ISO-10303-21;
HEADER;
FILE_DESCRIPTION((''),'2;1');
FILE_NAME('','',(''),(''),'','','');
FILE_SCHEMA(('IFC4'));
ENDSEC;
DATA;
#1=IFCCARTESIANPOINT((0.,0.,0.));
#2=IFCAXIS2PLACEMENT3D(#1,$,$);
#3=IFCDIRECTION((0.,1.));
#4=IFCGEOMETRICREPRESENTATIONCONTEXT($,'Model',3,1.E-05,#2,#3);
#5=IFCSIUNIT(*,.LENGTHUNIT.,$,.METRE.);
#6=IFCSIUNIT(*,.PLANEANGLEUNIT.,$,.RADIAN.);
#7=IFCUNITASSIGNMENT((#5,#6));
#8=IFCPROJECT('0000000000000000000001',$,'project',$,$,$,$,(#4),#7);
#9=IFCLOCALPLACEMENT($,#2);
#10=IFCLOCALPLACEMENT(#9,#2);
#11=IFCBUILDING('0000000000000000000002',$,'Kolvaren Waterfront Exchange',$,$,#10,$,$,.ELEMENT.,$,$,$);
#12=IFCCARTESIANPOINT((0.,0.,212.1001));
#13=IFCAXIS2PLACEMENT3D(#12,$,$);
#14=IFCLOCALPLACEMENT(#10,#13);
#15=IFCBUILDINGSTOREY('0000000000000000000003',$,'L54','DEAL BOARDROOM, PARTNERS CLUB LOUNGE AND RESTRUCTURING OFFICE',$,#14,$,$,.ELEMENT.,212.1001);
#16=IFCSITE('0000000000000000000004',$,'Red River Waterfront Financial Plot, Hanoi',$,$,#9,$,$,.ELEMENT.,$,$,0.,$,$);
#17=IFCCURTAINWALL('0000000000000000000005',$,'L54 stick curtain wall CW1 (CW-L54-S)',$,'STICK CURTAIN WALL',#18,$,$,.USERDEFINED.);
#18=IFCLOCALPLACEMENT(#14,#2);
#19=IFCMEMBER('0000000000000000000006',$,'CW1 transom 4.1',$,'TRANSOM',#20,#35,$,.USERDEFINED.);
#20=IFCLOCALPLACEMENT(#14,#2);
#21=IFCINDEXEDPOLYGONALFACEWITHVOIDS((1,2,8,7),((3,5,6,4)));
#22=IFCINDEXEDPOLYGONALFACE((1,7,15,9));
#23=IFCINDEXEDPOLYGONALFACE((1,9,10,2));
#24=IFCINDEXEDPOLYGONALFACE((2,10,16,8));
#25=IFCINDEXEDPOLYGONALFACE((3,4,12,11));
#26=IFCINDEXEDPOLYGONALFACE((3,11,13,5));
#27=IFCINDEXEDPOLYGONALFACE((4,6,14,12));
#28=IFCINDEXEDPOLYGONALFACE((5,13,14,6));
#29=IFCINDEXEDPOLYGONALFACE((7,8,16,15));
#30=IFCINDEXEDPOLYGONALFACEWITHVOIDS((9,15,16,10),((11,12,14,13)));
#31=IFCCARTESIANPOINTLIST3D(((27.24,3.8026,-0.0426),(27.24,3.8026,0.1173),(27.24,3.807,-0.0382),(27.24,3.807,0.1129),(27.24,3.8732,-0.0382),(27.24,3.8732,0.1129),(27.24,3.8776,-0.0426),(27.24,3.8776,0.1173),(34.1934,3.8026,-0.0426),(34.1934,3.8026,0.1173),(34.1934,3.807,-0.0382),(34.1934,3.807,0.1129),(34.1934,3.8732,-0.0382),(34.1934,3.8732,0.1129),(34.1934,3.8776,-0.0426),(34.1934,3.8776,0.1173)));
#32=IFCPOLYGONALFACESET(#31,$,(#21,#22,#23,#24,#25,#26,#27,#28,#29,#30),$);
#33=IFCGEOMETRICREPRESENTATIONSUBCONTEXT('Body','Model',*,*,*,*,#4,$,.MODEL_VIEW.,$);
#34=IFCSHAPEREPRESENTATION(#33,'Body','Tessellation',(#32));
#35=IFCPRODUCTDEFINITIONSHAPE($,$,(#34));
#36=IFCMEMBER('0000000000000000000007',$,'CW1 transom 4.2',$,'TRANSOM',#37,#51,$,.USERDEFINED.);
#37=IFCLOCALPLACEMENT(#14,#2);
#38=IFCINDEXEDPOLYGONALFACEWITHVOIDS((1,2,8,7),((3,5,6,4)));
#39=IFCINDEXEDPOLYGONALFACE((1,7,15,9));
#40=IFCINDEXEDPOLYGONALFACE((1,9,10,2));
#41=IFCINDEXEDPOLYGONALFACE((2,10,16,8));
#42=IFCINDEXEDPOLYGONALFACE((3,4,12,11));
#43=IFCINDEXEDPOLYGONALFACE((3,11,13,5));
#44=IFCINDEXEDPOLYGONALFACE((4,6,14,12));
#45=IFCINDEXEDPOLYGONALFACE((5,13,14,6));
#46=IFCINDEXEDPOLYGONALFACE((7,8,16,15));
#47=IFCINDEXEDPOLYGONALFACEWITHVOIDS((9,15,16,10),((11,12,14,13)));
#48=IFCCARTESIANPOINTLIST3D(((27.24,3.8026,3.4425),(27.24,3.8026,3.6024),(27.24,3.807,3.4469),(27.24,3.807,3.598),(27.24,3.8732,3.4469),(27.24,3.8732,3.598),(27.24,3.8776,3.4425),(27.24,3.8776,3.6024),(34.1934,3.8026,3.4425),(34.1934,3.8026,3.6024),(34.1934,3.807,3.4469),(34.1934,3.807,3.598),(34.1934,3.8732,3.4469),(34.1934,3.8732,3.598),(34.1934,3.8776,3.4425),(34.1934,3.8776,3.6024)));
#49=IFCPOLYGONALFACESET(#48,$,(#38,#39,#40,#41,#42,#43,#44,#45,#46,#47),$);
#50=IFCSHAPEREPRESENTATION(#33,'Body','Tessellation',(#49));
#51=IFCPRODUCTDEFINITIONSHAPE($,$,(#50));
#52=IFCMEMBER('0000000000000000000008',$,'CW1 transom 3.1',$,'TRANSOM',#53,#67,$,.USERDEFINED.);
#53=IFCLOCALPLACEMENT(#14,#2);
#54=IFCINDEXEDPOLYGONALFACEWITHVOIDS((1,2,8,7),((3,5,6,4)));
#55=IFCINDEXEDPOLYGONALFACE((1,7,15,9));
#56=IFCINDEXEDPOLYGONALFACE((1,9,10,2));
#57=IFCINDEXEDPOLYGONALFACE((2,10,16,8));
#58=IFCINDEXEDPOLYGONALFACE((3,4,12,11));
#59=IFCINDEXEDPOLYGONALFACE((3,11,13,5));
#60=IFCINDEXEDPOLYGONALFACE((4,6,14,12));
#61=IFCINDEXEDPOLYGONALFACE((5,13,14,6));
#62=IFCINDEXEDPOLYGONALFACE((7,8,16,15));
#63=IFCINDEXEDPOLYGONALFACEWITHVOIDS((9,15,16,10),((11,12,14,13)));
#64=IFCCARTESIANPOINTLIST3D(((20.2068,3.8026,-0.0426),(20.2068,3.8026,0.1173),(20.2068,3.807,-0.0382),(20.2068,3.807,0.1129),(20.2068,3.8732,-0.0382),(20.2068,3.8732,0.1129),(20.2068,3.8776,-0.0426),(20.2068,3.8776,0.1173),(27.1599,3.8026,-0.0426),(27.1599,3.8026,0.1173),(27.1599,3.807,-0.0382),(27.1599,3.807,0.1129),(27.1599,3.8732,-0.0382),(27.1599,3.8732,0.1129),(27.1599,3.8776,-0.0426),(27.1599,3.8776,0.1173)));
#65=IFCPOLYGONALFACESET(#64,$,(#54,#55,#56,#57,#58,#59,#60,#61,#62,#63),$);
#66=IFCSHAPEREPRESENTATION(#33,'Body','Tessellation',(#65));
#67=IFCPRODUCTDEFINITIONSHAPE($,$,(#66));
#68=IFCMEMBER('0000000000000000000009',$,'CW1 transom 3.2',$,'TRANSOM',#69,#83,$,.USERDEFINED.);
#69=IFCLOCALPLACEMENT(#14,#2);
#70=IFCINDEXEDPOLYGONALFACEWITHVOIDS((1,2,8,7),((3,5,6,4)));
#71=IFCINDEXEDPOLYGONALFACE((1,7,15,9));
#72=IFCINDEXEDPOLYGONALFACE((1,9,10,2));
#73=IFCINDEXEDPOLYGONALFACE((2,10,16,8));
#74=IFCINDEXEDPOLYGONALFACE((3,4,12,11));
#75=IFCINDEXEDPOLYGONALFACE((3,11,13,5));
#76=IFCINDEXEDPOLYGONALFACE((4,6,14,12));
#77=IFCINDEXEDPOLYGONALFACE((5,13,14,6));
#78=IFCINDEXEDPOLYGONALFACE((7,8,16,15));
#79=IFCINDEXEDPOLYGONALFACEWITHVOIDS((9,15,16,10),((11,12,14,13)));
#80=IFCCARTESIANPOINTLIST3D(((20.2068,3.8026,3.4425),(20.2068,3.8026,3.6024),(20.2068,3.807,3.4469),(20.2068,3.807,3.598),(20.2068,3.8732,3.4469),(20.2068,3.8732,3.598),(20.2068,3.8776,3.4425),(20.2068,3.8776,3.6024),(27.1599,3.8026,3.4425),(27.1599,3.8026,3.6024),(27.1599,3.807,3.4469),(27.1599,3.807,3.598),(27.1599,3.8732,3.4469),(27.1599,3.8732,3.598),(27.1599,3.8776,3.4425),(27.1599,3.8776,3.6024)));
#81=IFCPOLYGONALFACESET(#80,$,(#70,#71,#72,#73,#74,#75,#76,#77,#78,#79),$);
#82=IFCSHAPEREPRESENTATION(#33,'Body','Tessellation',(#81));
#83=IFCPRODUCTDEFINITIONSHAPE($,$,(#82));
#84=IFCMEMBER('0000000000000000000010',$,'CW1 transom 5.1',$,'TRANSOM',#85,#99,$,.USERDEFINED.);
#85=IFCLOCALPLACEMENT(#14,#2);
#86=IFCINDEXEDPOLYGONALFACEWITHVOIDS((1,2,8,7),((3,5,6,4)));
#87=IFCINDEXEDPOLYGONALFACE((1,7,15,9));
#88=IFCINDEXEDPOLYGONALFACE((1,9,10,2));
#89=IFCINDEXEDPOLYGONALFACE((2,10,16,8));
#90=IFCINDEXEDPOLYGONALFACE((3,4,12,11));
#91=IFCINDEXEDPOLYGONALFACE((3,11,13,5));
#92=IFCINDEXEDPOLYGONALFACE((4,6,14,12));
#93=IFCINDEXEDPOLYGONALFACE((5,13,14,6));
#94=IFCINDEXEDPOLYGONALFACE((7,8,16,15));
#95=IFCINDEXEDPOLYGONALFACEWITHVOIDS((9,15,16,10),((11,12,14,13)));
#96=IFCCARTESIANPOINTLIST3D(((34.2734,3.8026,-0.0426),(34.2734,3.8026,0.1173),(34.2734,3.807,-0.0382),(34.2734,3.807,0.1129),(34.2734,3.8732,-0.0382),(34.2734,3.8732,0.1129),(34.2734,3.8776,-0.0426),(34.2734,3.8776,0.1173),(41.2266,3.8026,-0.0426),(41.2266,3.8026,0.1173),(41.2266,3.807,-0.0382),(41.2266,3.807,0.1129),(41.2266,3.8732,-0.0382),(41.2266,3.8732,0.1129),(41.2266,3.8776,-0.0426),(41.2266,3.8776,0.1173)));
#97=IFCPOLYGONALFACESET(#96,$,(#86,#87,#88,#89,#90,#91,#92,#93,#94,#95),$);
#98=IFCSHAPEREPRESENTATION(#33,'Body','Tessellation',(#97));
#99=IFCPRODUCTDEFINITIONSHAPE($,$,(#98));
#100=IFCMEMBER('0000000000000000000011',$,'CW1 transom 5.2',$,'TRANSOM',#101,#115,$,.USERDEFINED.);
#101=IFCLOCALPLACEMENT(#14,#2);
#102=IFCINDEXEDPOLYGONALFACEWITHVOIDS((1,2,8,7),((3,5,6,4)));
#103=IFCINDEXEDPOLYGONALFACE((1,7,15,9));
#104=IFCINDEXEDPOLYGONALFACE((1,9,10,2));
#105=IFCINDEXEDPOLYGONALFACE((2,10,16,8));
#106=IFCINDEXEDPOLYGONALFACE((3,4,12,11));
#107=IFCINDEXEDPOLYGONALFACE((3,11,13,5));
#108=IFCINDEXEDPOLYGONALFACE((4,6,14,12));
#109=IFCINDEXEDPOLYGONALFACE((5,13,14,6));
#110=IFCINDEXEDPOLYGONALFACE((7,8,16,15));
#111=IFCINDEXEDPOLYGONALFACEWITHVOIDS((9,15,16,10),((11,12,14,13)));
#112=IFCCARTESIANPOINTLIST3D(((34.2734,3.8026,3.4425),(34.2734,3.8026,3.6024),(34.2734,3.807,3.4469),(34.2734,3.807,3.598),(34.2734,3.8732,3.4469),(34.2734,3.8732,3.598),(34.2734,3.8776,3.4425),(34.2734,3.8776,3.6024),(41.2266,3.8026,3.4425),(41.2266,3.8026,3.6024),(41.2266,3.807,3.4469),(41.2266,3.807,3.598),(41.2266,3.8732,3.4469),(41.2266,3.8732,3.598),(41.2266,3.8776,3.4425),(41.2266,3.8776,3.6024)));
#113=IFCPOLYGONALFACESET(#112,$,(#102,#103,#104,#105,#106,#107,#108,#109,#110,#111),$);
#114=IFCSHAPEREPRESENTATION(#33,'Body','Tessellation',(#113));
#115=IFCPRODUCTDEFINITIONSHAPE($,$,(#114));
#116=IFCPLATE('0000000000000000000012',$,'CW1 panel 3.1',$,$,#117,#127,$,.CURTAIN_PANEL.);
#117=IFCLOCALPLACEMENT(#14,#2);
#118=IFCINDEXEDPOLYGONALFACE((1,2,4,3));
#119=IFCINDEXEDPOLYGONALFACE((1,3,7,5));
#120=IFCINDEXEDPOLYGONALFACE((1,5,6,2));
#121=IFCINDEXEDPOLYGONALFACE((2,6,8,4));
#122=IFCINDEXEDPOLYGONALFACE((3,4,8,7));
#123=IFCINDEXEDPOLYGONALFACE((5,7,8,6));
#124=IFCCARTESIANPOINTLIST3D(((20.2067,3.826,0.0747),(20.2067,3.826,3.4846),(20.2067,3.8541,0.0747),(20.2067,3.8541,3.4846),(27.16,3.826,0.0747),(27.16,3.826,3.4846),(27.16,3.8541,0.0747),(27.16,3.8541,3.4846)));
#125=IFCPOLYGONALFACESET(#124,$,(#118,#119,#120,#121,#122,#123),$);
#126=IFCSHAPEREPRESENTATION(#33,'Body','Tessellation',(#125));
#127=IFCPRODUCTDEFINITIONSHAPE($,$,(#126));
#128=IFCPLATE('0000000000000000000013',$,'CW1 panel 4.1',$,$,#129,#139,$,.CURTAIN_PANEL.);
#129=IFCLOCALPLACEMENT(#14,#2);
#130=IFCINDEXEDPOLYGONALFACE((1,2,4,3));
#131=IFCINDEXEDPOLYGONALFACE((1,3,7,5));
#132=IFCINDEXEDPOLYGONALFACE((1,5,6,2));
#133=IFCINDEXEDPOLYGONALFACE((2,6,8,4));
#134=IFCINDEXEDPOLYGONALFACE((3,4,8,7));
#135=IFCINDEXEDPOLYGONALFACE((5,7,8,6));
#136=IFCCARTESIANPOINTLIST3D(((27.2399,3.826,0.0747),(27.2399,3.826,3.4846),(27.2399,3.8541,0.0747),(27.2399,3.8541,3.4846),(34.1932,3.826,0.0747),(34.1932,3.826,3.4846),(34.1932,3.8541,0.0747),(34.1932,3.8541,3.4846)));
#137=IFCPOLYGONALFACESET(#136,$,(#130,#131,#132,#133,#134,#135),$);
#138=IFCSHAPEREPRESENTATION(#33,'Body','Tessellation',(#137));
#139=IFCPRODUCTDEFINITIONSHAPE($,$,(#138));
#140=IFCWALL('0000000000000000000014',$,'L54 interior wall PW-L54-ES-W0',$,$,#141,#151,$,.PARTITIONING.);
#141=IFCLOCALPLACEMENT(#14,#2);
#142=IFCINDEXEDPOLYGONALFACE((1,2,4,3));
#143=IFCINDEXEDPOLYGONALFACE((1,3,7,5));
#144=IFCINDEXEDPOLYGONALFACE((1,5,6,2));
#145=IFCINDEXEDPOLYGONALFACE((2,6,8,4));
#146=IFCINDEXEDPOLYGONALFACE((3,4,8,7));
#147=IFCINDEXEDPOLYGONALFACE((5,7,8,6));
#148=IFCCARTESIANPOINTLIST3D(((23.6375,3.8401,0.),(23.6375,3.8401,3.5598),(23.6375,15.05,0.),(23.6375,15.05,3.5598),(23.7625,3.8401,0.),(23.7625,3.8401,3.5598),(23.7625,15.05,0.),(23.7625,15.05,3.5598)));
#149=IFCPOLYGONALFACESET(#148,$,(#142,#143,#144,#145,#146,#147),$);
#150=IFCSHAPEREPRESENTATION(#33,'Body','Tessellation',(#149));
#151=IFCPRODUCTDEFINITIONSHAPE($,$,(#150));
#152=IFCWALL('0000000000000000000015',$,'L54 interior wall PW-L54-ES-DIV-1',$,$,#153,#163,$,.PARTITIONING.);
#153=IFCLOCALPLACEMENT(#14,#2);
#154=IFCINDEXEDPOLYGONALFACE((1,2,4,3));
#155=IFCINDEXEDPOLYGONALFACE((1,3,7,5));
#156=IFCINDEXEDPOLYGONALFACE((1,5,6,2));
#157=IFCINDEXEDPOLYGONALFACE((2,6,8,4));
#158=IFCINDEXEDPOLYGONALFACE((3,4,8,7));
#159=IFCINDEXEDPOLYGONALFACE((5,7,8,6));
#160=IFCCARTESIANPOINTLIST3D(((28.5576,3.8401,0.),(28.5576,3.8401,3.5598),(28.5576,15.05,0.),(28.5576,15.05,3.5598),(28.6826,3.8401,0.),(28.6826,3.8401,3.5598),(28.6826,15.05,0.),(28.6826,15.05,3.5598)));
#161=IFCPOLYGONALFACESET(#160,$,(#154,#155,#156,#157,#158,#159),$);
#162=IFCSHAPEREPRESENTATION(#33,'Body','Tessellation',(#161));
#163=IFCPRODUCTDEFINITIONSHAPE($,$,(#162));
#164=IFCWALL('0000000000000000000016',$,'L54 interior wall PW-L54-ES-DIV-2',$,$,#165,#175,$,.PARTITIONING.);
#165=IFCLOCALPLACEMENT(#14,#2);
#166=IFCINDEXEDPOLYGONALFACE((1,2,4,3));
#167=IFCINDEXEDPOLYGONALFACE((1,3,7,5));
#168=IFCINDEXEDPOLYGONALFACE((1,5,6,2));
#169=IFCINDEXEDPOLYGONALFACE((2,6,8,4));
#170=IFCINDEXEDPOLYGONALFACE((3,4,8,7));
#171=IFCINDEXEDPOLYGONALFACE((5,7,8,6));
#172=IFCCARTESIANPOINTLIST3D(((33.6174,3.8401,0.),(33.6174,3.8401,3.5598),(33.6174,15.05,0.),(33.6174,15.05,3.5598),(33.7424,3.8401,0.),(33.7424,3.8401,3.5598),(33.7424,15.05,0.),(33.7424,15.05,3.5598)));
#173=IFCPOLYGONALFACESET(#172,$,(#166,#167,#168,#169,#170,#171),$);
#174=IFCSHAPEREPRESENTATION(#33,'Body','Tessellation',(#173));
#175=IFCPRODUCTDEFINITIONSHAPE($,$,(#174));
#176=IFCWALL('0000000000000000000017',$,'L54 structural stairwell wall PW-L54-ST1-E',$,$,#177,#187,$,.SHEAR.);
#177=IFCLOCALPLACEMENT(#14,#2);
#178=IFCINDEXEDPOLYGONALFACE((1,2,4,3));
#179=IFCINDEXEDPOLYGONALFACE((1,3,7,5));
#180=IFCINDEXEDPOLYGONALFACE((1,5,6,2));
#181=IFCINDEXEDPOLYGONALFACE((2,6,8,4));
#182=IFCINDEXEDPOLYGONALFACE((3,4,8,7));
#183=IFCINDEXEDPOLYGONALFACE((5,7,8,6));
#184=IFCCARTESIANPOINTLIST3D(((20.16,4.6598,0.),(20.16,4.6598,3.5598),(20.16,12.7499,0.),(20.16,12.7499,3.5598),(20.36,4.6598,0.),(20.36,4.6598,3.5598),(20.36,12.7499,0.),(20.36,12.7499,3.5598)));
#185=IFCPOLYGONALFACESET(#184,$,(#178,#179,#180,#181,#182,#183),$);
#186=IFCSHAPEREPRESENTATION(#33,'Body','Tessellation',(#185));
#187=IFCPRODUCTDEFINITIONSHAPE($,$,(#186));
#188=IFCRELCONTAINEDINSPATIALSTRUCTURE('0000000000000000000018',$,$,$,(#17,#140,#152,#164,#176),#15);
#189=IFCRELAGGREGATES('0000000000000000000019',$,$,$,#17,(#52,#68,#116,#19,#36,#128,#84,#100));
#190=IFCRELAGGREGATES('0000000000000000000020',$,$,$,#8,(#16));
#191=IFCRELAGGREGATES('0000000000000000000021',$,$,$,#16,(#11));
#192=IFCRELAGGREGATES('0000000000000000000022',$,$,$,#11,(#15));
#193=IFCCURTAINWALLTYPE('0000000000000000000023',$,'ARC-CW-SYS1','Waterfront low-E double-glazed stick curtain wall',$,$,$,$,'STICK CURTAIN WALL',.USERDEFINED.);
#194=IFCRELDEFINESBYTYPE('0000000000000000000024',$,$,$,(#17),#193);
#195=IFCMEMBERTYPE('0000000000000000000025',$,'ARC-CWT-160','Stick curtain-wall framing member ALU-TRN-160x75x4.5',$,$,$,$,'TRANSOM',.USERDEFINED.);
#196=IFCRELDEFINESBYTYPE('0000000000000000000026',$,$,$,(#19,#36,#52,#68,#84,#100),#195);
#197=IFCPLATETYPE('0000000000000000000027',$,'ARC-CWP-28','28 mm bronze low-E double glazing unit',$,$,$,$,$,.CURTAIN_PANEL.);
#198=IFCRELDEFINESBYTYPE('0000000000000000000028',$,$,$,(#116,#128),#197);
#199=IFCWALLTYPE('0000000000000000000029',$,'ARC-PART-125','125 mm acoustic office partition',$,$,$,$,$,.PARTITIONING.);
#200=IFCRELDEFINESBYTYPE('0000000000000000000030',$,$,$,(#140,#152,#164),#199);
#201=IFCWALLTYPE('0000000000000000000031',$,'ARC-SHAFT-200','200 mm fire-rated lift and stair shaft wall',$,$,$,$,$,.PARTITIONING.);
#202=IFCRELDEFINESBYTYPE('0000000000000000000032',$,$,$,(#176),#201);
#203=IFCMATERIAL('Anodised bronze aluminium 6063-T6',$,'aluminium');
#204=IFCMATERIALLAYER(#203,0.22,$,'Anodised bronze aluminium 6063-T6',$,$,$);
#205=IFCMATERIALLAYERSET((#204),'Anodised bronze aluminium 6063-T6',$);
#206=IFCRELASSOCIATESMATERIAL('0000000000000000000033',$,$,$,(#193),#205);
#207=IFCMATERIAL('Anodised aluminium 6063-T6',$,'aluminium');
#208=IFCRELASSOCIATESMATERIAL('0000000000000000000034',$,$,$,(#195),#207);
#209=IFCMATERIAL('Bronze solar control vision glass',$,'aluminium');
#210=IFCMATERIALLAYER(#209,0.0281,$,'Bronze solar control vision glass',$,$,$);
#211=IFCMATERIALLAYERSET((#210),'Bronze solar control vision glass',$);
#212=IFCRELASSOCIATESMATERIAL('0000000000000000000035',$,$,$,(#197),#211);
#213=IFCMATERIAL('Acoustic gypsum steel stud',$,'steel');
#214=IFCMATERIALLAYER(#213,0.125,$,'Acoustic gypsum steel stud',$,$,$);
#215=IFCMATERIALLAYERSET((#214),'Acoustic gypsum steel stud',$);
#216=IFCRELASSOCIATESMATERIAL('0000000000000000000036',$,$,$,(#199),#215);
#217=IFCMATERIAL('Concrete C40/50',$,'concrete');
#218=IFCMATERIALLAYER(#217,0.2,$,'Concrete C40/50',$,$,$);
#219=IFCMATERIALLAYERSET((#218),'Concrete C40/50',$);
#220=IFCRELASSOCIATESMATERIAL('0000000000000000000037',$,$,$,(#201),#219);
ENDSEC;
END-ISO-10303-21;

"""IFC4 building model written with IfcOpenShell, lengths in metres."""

from ifc_helpers import new_model, si_unit, direction, frame, frame_2d, origin, origin_with_axes, origin_2d, place, context, subcontext, project, spatial, rectangle, hollow_rectangle, extrude, source, transform, mapped, material, layer, layer_set, material_profile, profile_set, type_object, element, aggregate, save


model = new_model("IFC4")

# Units and contexts
model_context = context("Model", 3, precision=1e-05, world=origin(), true_north=direction((0.0, 1.0)))
body_context = subcontext(model_context, "Body", "Model", "MODEL_VIEW")
ifc_project = project(units=[si_unit("LENGTHUNIT", "METRE"), si_unit("PLANEANGLEUNIT", "RADIAN")], contexts=[model_context])

# Site, building, storey
site_placement = place(None, origin())
site = spatial("IfcSite", under=ifc_project, at=site_placement, Name="Red River Waterfront Financial Plot, Hanoi", CompositionType="ELEMENT", RefElevation=0.0)
building_placement = place(site_placement, origin())
building = spatial("IfcBuilding", under=site, at=building_placement, Name="Kolvaren Waterfront Exchange", CompositionType="ELEMENT")
storey_placement = place(building_placement, frame((0.0, 0.0, 212.1001)))
storey = spatial("IfcBuildingStorey", under=building, at=storey_placement, Name="L54", Description="DEAL BOARDROOM, PARTNERS CLUB LOUNGE AND RESTRUCTURING OFFICE", CompositionType="ELEMENT", Elevation=212.1001)

# Curtain wall, members, plates
ifc_material_1 = material(Name="Anodised bronze aluminium 6063-T6", Category="aluminium")
ifc_layer_1 = layer(ifc_material_1, 0.22, Name="Anodised bronze aluminium 6063-T6")
ifc_layer_set_1 = layer_set([ifc_layer_1], Name="Anodised bronze aluminium 6063-T6")
curtain_wall_type = type_object("IfcCurtainWallType", Name="ARC-CW-SYS1", Description="Waterfront low-E double-glazed stick curtain wall", ElementType="STICK CURTAIN WALL", PredefinedType="USERDEFINED", material=ifc_layer_set_1)
curtain_wall_placement = place(storey_placement, origin())
curtain_wall = element("IfcCurtainWall", 1, at=curtain_wall_placement, inside=storey, type_object=curtain_wall_type, Name="L54 stick curtain wall CW1 (CW-L54-S)", ObjectType="STICK CURTAIN WALL", PredefinedType="USERDEFINED")
ifc_material_2 = material(Name="Anodised aluminium 6063-T6", Category="aluminium")
ifc_material_profile_1 = material_profile(ifc_material_2, hollow_rectangle(XDim=0.075, YDim=0.1599, WallThickness=0.0044, at=origin_2d()), Name="ALU-TRN-160x75x4.5")
ifc_profile_set_1 = profile_set([ifc_material_profile_1], Name="Anodised aluminium 6063-T6")
member_type_1 = type_object("IfcMemberType", Name="ARC-CWT-160", Description="Stick curtain-wall framing member ALU-TRN-160x75x4.5", ElementType="TRANSOM", PredefinedType="USERDEFINED", material=ifc_profile_set_1)
shared_shape_1 = source(origin_with_axes(), body_context, "Body", "SweptSolid", [
    extrude(hollow_rectangle(XDim=0.075, YDim=0.1599, WallThickness=0.0044, at=origin_2d()), origin(), (0.0, 0.0, 1.0), 6.9534),
])
member_1_placement = place(storey_placement, frame((27.24, 3.8401, 0.0374), z_axis=(1.0, 0.0, 0.0), x_axis=(0.0, 1.0, 0.0)))
member_1 = element("IfcMember", 2, at=member_1_placement, type_object=member_type_1, Name="CW1 transom 4.1", ObjectType="TRANSOM", PredefinedType="USERDEFINED", context=body_context, shape_type="MappedRepresentation", body=[
    mapped(shared_shape_1, transform((0.0, 0.0, 0.0), x_axis=(1.0, 0.0, 0.0), y_axis=(0.0, 1.0, 0.0), z_axis=(0.0, 0.0, 1.0), scale=1.0)),
])
member_2_placement = place(storey_placement, frame((27.24, 3.8401, 3.5225), z_axis=(1.0, 0.0, 0.0), x_axis=(0.0, 1.0, 0.0)))
member_2 = element("IfcMember", 3, at=member_2_placement, type_object=member_type_1, Name="CW1 transom 4.2", ObjectType="TRANSOM", PredefinedType="USERDEFINED", context=body_context, shape_type="MappedRepresentation", body=[
    mapped(shared_shape_1, transform((0.0, 0.0, 0.0), x_axis=(1.0, 0.0, 0.0), y_axis=(0.0, 1.0, 0.0), z_axis=(0.0, 0.0, 1.0), scale=1.0)),
])
shared_shape_2 = source(origin_with_axes(), body_context, "Body", "SweptSolid", [
    extrude(hollow_rectangle(XDim=0.075, YDim=0.1599, WallThickness=0.0044, at=origin_2d()), origin(), (0.0, 0.0, 1.0), 6.9531),
])
member_3_placement = place(storey_placement, frame((20.2068, 3.8401, 0.0374), z_axis=(1.0, 0.0, 0.0), x_axis=(0.0, 1.0, 0.0)))
member_3 = element("IfcMember", 4, at=member_3_placement, type_object=member_type_1, Name="CW1 transom 3.1", ObjectType="TRANSOM", PredefinedType="USERDEFINED", context=body_context, shape_type="MappedRepresentation", body=[
    mapped(shared_shape_2, transform((0.0, 0.0, 0.0), x_axis=(1.0, 0.0, 0.0), y_axis=(0.0, 1.0, 0.0), z_axis=(0.0, 0.0, 1.0), scale=1.0)),
])
member_4_placement = place(storey_placement, frame((20.2068, 3.8401, 3.5225), z_axis=(1.0, 0.0, 0.0), x_axis=(0.0, 1.0, 0.0)))
member_4 = element("IfcMember", 5, at=member_4_placement, type_object=member_type_1, Name="CW1 transom 3.2", ObjectType="TRANSOM", PredefinedType="USERDEFINED", context=body_context, shape_type="MappedRepresentation", body=[
    mapped(shared_shape_2, transform((0.0, 0.0, 0.0), x_axis=(1.0, 0.0, 0.0), y_axis=(0.0, 1.0, 0.0), z_axis=(0.0, 0.0, 1.0), scale=1.0)),
])
member_5_placement = place(storey_placement, frame((34.2734, 3.8401, 0.0374), z_axis=(1.0, 0.0, 0.0), x_axis=(0.0, 1.0, 0.0)))
member_5 = element("IfcMember", 6, at=member_5_placement, type_object=member_type_1, Name="CW1 transom 5.1", ObjectType="TRANSOM", PredefinedType="USERDEFINED", context=body_context, shape_type="MappedRepresentation", body=[
    mapped(shared_shape_2, transform((0.0, 0.0, 0.0), x_axis=(1.0, 0.0, 0.0), y_axis=(0.0, 1.0, 0.0), z_axis=(0.0, 0.0, 1.0), scale=1.0)),
])
member_6_placement = place(storey_placement, frame((34.2734, 3.8401, 3.5225), z_axis=(1.0, 0.0, 0.0), x_axis=(0.0, 1.0, 0.0)))
member_6 = element("IfcMember", 7, at=member_6_placement, type_object=member_type_1, Name="CW1 transom 5.2", ObjectType="TRANSOM", PredefinedType="USERDEFINED", context=body_context, shape_type="MappedRepresentation", body=[
    mapped(shared_shape_2, transform((0.0, 0.0, 0.0), x_axis=(1.0, 0.0, 0.0), y_axis=(0.0, 1.0, 0.0), z_axis=(0.0, 0.0, 1.0), scale=1.0)),
])
ifc_material_3 = material(Name="Bronze solar control vision glass", Category="aluminium")
ifc_layer_2 = layer(ifc_material_3, 0.0281, Name="Bronze solar control vision glass")
ifc_layer_set_2 = layer_set([ifc_layer_2], Name="Bronze solar control vision glass")
plate_type = type_object("IfcPlateType", Name="ARC-CWP-28", Description="28 mm bronze low-E double glazing unit", PredefinedType="CURTAIN_PANEL", material=ifc_layer_set_2)
shared_shape_3 = source(origin_with_axes(), body_context, "Body", "SweptSolid", [
    extrude(rectangle(XDim=6.9534, YDim=0.0281, at=origin_2d()), origin(), (0.0, 0.0, 1.0), 3.4099),
])
plate_1_placement = place(storey_placement, frame((23.6833, 3.8401, 0.0747), z_axis=(0.0, 0.0, 1.0), x_axis=(1.0, 0.0, 0.0)))
plate_1 = element("IfcPlate", 8, at=plate_1_placement, type_object=plate_type, Name="CW1 panel 3.1", PredefinedType="CURTAIN_PANEL", context=body_context, shape_type="MappedRepresentation", body=[
    mapped(shared_shape_3, transform((0.0, 0.0, 0.0), x_axis=(1.0, 0.0, 0.0), y_axis=(0.0, 1.0, 0.0), z_axis=(0.0, 0.0, 1.0), scale=1.0)),
])
plate_2_placement = place(storey_placement, frame((30.7166, 3.8401, 0.0747), z_axis=(0.0, 0.0, 1.0), x_axis=(1.0, 0.0, 0.0)))
plate_2 = element("IfcPlate", 9, at=plate_2_placement, type_object=plate_type, Name="CW1 panel 4.1", PredefinedType="CURTAIN_PANEL", context=body_context, shape_type="MappedRepresentation", body=[
    mapped(shared_shape_3, transform((0.0, 0.0, 0.0), x_axis=(1.0, 0.0, 0.0), y_axis=(0.0, 1.0, 0.0), z_axis=(0.0, 0.0, 1.0), scale=1.0)),
])
aggregate(curtain_wall, [member_3, member_4, plate_1, member_1, member_2, plate_2, member_5, member_6])

# Shared definitions
ifc_material_4 = material(Name="Acoustic gypsum steel stud", Category="steel")
ifc_layer_3 = layer(ifc_material_4, 0.125, Name="Acoustic gypsum steel stud")
ifc_layer_set_3 = layer_set([ifc_layer_3], Name="Acoustic gypsum steel stud")
wall_type_1 = type_object("IfcWallType", Name="ARC-PART-125", Description="125 mm acoustic office partition", PredefinedType="PARTITIONING", material=ifc_layer_set_3)

# Walls
for number, where, z_axis, x_axis, name in (
    (10, (23.7, 3.8401, 0.0), (0.0, 0.0, 1.0), (0.0, 1.0, 0.0), "L54 interior wall PW-L54-ES-W0"),
    (11, (28.6201, 3.8401, 0.0), (0.0, 0.0, 1.0), (0.0, 1.0, 0.0), "L54 interior wall PW-L54-ES-DIV-1"),
    (12, (33.6799, 3.8401, 0.0), (0.0, 0.0, 1.0), (0.0, 1.0, 0.0), "L54 interior wall PW-L54-ES-DIV-2"),
):
    element("IfcWall", number, at=place(storey_placement, frame(where, z_axis=z_axis, x_axis=x_axis)), inside=storey, type_object=wall_type_1, Name=name, PredefinedType="PARTITIONING", context=body_context, shape_type="SweptSolid", body=[
        extrude(rectangle(XDim=11.21, YDim=0.125, at=frame_2d((5.605, 0.0))), origin(), (0.0, 0.0, 1.0), 3.5598),
    ])
ifc_material_5 = material(Name="Concrete C40/50", Category="concrete")
ifc_layer_4 = layer(ifc_material_5, 0.2, Name="Concrete C40/50")
ifc_layer_set_4 = layer_set([ifc_layer_4], Name="Concrete C40/50")
wall_type_2 = type_object("IfcWallType", Name="ARC-SHAFT-200", Description="200 mm fire-rated lift and stair shaft wall", PredefinedType="PARTITIONING", material=ifc_layer_set_4)
wall_1_placement = place(storey_placement, frame((20.26, 4.6599, 0.0), z_axis=(0.0, 0.0, 1.0), x_axis=(0.0, 1.0, 0.0)))
element("IfcWall", 13, at=wall_1_placement, inside=storey, type_object=wall_type_2, Name="L54 structural stairwell wall PW-L54-ST1-E", PredefinedType="SHEAR", context=body_context, shape_type="SweptSolid", body=[
    extrude(rectangle(XDim=8.0901, YDim=0.2, at=frame_2d((4.0449, 0.0))), origin(), (0.0, 0.0, 1.0), 3.5598),
])

save(model, "model.ifc")
